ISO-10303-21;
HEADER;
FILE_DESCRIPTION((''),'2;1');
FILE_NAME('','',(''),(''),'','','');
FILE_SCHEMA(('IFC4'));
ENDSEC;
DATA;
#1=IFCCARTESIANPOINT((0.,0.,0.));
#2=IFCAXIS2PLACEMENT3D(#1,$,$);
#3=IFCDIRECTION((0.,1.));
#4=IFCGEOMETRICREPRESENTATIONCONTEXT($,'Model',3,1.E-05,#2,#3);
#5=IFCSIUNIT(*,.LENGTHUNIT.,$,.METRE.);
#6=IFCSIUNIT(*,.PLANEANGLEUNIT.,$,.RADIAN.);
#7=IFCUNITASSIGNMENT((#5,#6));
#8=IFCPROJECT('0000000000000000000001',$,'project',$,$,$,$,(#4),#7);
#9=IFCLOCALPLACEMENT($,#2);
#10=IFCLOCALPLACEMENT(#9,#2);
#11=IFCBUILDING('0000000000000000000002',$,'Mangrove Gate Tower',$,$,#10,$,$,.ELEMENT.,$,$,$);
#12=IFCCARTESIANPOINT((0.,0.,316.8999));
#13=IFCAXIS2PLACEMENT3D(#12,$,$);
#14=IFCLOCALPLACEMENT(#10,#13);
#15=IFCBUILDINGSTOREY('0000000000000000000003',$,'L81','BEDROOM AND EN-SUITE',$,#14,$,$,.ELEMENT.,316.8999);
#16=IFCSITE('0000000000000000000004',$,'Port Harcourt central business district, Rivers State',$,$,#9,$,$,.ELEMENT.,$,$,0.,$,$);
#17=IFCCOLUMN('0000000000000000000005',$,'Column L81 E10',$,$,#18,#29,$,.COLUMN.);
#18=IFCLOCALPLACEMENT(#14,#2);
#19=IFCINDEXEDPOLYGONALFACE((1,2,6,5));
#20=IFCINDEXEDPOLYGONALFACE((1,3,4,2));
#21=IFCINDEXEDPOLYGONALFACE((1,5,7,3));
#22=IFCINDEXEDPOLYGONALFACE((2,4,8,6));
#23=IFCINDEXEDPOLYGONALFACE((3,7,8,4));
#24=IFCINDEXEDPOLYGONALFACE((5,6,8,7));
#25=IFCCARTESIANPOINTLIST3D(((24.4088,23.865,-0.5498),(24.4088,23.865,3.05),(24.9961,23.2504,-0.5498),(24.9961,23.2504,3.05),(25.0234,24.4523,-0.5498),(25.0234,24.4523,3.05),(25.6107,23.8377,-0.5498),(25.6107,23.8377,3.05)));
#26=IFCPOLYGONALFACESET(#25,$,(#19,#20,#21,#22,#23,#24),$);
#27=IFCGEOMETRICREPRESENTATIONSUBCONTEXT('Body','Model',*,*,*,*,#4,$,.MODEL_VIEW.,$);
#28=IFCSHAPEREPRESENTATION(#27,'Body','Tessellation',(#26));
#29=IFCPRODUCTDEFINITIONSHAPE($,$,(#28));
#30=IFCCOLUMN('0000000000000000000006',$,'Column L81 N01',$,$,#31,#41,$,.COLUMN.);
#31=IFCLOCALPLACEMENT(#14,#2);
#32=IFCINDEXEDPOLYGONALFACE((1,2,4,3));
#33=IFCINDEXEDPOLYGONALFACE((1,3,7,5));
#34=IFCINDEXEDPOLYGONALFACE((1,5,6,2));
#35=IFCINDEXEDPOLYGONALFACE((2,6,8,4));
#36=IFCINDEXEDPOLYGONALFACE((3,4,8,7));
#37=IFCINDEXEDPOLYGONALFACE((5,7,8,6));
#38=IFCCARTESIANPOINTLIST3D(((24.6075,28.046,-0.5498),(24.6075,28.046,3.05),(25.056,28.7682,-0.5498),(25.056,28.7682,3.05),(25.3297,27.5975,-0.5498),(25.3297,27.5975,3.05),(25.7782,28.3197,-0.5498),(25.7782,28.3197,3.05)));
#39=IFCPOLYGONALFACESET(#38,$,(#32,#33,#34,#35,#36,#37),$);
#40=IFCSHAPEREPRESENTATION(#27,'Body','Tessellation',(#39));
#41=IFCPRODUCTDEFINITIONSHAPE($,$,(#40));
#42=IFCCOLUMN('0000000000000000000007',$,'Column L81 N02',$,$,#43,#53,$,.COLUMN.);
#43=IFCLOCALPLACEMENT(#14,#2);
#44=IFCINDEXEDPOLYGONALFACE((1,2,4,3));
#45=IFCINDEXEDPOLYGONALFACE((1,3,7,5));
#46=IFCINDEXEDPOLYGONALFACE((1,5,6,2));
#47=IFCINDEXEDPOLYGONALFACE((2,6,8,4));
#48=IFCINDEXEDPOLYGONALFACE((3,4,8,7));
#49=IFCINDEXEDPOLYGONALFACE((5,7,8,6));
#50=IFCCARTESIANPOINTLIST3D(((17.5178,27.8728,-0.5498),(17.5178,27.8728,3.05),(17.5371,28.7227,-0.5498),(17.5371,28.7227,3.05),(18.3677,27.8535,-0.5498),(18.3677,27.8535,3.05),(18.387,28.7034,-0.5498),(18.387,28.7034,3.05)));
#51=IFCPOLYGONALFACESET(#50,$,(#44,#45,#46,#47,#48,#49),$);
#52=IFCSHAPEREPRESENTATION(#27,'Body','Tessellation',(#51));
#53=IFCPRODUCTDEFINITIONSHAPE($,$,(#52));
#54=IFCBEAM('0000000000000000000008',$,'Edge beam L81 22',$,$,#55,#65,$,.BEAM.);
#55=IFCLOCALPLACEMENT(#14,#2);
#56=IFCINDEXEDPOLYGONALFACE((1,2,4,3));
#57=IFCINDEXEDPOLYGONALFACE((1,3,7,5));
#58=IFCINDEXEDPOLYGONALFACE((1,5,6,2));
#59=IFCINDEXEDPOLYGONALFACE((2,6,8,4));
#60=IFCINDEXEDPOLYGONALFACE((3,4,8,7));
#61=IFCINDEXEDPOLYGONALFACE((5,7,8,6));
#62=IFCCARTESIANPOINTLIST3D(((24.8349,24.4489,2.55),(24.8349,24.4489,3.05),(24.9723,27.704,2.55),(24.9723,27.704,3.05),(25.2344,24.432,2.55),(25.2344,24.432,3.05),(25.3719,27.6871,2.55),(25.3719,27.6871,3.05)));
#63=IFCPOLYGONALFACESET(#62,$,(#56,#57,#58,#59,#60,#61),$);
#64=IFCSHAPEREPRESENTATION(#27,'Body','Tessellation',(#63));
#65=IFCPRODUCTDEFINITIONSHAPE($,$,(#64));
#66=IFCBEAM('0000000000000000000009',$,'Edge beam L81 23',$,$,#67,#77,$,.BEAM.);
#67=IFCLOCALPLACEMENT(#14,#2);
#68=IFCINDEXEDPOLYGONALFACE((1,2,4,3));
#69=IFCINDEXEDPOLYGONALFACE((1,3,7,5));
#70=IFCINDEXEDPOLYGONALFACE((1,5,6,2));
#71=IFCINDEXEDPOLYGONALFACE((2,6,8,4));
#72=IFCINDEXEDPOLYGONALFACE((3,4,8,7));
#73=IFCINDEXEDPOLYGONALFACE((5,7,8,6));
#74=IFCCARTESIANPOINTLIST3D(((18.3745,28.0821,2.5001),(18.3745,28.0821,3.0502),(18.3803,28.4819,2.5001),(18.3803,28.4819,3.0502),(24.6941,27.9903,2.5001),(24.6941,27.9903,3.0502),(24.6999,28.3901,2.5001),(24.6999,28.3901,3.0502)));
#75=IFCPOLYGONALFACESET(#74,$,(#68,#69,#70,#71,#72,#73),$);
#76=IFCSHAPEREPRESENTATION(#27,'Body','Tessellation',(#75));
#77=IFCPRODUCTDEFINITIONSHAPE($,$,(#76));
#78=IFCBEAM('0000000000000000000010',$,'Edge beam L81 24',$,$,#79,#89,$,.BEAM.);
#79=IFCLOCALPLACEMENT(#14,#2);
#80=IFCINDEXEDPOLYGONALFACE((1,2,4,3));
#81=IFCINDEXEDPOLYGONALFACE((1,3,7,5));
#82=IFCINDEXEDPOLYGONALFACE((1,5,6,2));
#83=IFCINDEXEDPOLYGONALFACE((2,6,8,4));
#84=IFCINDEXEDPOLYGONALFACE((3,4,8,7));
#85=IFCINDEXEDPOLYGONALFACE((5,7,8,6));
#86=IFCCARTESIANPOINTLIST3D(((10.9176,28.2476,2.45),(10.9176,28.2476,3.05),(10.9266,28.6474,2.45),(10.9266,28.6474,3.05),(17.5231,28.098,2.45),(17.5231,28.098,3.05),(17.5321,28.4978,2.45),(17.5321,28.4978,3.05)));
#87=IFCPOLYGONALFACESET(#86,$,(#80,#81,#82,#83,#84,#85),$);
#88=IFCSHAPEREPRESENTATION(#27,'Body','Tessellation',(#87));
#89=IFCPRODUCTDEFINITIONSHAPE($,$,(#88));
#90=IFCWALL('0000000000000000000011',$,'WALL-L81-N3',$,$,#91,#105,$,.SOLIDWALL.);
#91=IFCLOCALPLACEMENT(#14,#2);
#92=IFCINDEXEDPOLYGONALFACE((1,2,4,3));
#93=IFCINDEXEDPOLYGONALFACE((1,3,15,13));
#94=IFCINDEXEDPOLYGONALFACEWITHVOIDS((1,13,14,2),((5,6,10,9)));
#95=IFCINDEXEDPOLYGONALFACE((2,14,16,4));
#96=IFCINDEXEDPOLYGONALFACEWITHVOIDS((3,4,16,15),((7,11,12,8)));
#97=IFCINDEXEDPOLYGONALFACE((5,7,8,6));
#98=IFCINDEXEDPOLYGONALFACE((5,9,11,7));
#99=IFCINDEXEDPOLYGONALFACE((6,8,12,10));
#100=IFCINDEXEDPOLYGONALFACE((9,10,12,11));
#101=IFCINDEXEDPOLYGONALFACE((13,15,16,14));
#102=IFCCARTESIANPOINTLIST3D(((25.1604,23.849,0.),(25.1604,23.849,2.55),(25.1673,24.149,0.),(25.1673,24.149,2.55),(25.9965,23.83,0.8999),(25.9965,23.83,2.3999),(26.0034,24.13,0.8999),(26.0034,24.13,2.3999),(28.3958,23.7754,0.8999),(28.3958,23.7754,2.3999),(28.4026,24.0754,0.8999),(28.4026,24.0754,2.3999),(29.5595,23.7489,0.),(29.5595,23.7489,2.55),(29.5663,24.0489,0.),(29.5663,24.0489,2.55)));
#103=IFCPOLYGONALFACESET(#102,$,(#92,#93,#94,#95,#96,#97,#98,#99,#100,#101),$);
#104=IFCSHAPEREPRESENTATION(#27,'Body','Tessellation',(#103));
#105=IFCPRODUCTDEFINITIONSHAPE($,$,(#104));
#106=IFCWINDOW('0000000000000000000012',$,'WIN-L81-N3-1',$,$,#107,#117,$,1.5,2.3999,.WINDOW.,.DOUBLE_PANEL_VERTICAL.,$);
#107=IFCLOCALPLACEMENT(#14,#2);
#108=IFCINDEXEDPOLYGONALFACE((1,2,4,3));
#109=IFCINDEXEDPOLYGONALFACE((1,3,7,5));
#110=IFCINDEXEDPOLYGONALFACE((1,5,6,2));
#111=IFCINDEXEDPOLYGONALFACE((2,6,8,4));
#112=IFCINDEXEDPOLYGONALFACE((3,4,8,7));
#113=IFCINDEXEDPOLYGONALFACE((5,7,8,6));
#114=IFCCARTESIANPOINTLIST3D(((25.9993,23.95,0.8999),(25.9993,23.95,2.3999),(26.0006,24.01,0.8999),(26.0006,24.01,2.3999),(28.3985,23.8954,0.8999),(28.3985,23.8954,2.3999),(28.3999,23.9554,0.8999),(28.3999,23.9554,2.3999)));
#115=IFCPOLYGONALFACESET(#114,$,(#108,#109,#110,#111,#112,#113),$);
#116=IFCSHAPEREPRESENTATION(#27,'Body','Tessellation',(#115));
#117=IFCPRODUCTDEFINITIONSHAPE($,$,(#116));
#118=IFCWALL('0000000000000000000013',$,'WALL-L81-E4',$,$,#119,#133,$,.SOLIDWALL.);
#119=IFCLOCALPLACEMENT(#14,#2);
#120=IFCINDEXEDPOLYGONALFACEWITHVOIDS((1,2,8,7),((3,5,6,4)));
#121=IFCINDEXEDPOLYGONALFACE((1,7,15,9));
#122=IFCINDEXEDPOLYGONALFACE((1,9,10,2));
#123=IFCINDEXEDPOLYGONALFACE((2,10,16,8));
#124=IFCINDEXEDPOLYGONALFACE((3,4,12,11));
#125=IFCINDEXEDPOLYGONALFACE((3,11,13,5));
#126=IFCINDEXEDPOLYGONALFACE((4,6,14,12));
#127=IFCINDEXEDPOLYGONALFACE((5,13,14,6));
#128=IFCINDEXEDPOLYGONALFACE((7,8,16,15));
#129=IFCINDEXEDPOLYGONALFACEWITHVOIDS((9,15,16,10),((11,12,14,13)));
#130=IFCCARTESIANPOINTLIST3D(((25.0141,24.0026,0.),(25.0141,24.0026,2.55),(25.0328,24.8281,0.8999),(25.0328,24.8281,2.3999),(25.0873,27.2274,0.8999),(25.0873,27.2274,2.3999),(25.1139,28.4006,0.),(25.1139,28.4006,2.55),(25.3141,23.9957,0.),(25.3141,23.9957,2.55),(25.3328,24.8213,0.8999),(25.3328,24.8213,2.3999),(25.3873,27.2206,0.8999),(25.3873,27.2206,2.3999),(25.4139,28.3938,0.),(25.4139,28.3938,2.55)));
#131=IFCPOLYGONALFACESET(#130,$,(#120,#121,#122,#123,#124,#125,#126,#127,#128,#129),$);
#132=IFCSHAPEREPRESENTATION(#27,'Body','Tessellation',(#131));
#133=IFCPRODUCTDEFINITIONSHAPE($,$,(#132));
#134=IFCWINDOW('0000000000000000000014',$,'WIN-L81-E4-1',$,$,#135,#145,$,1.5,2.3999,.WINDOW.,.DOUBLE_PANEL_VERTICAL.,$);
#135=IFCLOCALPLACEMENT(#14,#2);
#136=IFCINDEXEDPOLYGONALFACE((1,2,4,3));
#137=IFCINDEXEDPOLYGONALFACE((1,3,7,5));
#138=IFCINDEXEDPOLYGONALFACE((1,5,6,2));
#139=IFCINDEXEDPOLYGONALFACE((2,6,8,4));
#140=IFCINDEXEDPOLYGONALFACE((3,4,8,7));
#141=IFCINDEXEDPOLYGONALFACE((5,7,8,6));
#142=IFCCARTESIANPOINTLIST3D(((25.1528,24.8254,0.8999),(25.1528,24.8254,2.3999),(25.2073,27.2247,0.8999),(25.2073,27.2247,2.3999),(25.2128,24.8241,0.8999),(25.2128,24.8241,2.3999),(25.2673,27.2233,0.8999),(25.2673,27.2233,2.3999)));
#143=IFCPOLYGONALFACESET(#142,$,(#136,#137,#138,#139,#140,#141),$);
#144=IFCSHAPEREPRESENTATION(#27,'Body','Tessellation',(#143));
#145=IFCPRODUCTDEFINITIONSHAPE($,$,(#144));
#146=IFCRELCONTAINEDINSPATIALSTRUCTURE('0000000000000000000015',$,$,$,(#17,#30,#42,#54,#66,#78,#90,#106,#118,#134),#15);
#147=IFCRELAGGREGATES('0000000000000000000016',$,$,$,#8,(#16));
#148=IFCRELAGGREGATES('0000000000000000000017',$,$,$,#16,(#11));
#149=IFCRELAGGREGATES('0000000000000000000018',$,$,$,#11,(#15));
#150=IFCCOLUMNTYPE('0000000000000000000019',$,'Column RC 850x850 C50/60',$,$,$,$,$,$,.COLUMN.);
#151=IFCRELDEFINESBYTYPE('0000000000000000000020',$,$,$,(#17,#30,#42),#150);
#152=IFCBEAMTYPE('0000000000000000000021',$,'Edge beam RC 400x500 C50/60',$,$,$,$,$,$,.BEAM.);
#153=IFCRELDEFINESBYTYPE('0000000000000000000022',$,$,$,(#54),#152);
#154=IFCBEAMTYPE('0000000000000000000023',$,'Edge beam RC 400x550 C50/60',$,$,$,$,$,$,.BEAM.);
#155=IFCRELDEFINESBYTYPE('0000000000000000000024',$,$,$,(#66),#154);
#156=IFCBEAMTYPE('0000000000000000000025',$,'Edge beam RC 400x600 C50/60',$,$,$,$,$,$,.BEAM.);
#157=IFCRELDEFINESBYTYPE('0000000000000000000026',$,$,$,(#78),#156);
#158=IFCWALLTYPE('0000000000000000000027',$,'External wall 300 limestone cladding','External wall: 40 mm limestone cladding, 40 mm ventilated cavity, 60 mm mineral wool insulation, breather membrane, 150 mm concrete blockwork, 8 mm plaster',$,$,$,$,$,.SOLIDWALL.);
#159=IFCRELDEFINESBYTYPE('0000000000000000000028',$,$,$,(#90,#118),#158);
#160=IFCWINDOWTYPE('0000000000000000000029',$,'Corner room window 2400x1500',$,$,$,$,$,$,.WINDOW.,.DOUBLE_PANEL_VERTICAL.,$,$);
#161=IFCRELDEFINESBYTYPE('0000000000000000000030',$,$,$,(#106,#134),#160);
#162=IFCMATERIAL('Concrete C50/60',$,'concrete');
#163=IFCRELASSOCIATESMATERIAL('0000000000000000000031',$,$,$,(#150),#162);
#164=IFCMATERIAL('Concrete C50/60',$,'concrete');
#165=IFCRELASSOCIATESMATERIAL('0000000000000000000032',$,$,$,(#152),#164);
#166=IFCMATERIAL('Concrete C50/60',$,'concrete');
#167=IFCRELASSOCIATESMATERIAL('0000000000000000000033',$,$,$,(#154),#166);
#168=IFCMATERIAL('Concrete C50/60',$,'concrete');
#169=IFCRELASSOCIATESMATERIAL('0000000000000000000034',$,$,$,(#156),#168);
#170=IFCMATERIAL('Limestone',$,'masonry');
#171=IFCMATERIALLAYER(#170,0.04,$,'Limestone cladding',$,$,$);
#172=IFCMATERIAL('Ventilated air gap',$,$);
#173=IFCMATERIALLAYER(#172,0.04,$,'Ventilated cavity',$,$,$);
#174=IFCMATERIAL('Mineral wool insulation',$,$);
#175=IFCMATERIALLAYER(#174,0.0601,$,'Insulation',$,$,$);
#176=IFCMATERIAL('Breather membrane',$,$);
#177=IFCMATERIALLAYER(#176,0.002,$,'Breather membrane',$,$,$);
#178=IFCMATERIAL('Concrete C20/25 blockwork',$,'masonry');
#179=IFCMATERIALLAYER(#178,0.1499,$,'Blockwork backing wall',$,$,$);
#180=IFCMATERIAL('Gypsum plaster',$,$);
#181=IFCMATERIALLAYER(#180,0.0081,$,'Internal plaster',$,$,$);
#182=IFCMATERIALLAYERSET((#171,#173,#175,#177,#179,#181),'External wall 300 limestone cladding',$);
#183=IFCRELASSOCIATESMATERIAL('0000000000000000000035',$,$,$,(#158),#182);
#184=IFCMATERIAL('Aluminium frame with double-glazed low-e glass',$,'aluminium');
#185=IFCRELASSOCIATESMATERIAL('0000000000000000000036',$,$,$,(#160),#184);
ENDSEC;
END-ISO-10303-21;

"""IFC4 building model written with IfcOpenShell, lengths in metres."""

from ifc_helpers import new_model, si_unit, direction, frame, frame_2d, origin, origin_2d, place, context, subcontext, project, spatial, rectangle, extrude, material, layer, layer_set, material_profile, profile_set, type_object, element, fill, save


model = new_model("IFC4")

# Units and contexts
model_context = context("Model", 3, precision=1e-05, world=origin(), true_north=direction((0.0, 1.0)))
body_context = subcontext(model_context, "Body", "Model", "MODEL_VIEW")
ifc_project = project(units=[si_unit("LENGTHUNIT", "METRE"), si_unit("PLANEANGLEUNIT", "RADIAN")], contexts=[model_context])

# Site, building, storey
site_placement = place(None, origin())
site = spatial("IfcSite", under=ifc_project, at=site_placement, Name="Port Harcourt central business district, Rivers State", CompositionType="ELEMENT", RefElevation=0.0)
building_placement = place(site_placement, origin())
building = spatial("IfcBuilding", under=site, at=building_placement, Name="Mangrove Gate Tower", CompositionType="ELEMENT")
storey_placement = place(building_placement, frame((0.0, 0.0, 316.8999)))
storey = spatial("IfcBuildingStorey", under=building, at=storey_placement, Name="L81", Description="BEDROOM AND EN-SUITE", CompositionType="ELEMENT", Elevation=316.8999)

# Columns
ifc_material_1 = material(Name="Concrete C50/60", Category="concrete")
ifc_material_profile_1 = material_profile(ifc_material_1, rectangle(XDim=0.8501, YDim=0.8501, at=origin_2d()))
ifc_profile_set_1 = profile_set([ifc_material_profile_1], Name="Concrete C50/60")
column_type = type_object("IfcColumnType", Name="Column RC 850x850 C50/60", PredefinedType="COLUMN", material=ifc_profile_set_1)
for number, where, z_axis, x_axis, name in (
    (1, (25.0098, 23.8513, -0.5498), (0.0, 0.0, 1.0), (-0.690854, 0.722994, 0.0), "Column L81 E10"),
    (2, (25.1929, 28.1829, -0.5498), (0.0, 0.0, 1.0), (-0.849494, 0.527599, 0.0), "Column L81 N01"),
    (3, (17.9524, 28.2881, -0.5498), (0.0, 0.0, 1.0), (-0.999743, 0.022664, 0.0), "Column L81 N02"),
):
    element("IfcColumn", number, at=place(storey_placement, frame(where, z_axis=z_axis, x_axis=x_axis)), inside=storey, type_object=column_type, Name=name, PredefinedType="COLUMN", context=body_context, shape_type="SweptSolid", body=[
        extrude(rectangle(XDim=0.8501, YDim=0.8501, at=origin_2d()), origin(), (0.0, 0.0, 1.0), 3.5999),
    ])

# Beams
ifc_material_2 = material(Name="Concrete C50/60", Category="concrete")
ifc_material_profile_2 = material_profile(ifc_material_2, rectangle(XDim=0.3999, YDim=0.5, at=origin_2d()))
ifc_profile_set_2 = profile_set([ifc_material_profile_2], Name="Concrete C50/60")
beam_type_1 = type_object("IfcBeamType", Name="Edge beam RC 400x500 C50/60", PredefinedType="BEAM", material=ifc_profile_set_2)
beam_1_placement = place(storey_placement, frame((25.0347, 24.4404, 2.8), z_axis=(0.042188, 0.99911, 0.0), x_axis=(-0.99911, 0.042188, 0.0)))
element("IfcBeam", 4, at=beam_1_placement, inside=storey, type_object=beam_type_1, Name="Edge beam L81 22", PredefinedType="BEAM", context=body_context, shape_type="SweptSolid", body=[
    extrude(rectangle(XDim=0.3999, YDim=0.5, at=origin_2d()), origin(), (0.0, 0.0, 1.0), 3.2581),
])
ifc_material_3 = material(Name="Concrete C50/60", Category="concrete")
ifc_material_profile_3 = material_profile(ifc_material_3, rectangle(XDim=0.3999, YDim=0.55, at=origin_2d()))
ifc_profile_set_3 = profile_set([ifc_material_profile_3], Name="Concrete C50/60")
beam_type_2 = type_object("IfcBeamType", Name="Edge beam RC 400x550 C50/60", PredefinedType="BEAM", material=ifc_profile_set_3)
beam_2_placement = place(storey_placement, frame((24.697, 28.1902, 2.7751), z_axis=(-0.999895, 0.014524, 0.0), x_axis=(-0.014524, -0.999895, 0.0)))
element("IfcBeam", 5, at=beam_2_placement, inside=storey, type_object=beam_type_2, Name="Edge beam L81 23", PredefinedType="BEAM", context=body_context, shape_type="SweptSolid", body=[
    extrude(rectangle(XDim=0.3999, YDim=0.55, at=origin_2d()), origin(), (0.0, 0.0, 1.0), 6.3203),
])
ifc_material_4 = material(Name="Concrete C50/60", Category="concrete")
ifc_material_profile_4 = material_profile(ifc_material_4, rectangle(XDim=0.3999, YDim=0.6001, at=origin_2d()))
ifc_profile_set_4 = profile_set([ifc_material_profile_4], Name="Concrete C50/60")
beam_type_3 = type_object("IfcBeamType", Name="Edge beam RC 400x600 C50/60", PredefinedType="BEAM", material=ifc_profile_set_4)
beam_3_placement = place(storey_placement, frame((17.5276, 28.2979, 2.75), z_axis=(-0.999743, 0.022651, 0.0), x_axis=(-0.022651, -0.999743, 0.0)))
element("IfcBeam", 6, at=beam_3_placement, inside=storey, type_object=beam_type_3, Name="Edge beam L81 24", PredefinedType="BEAM", context=body_context, shape_type="SweptSolid", body=[
    extrude(rectangle(XDim=0.3999, YDim=0.6001, at=origin_2d()), origin(), (0.0, 0.0, 1.0), 6.6072),
])

# Walls, openings, windows
ifc_material_5 = material(Name="Limestone", Category="masonry")
ifc_layer_1 = layer(ifc_material_5, 0.04, Name="Limestone cladding")
ifc_material_6 = material(Name="Ventilated air gap")
ifc_layer_2 = layer(ifc_material_6, 0.04, Name="Ventilated cavity")
ifc_material_7 = material(Name="Mineral wool insulation")
ifc_layer_3 = layer(ifc_material_7, 0.0601, Name="Insulation")
ifc_material_8 = material(Name="Breather membrane")
ifc_layer_4 = layer(ifc_material_8, 0.002, Name="Breather membrane")
ifc_material_9 = material(Name="Concrete C20/25 blockwork", Category="masonry")
ifc_layer_5 = layer(ifc_material_9, 0.1499, Name="Blockwork backing wall")
ifc_material_10 = material(Name="Gypsum plaster")
ifc_layer_6 = layer(ifc_material_10, 0.0081, Name="Internal plaster")
ifc_layer_set = layer_set([ifc_layer_1, ifc_layer_2, ifc_layer_3, ifc_layer_4, ifc_layer_5, ifc_layer_6], Name="External wall 300 limestone cladding")
wall_type = type_object("IfcWallType", Name="External wall 300 limestone cladding", Description="External wall: 40 mm limestone cladding, 40 mm ventilated cavity, 60 mm mineral wool insulation, breather membrane, 150 mm concrete blockwork, 8 mm plaster", PredefinedType="SOLIDWALL", material=ifc_layer_set)
wall_1_placement = place(storey_placement, frame((29.563, 23.8989, 0.0), z_axis=(0.0, 0.0, 1.0), x_axis=(-0.999741, 0.022749, 0.0)))
wall_1 = element("IfcWall", 7, at=wall_1_placement, inside=storey, type_object=wall_type, Name="WALL-L81-N3", PredefinedType="SOLIDWALL", context=body_context, shape_type="SweptSolid", body=[
    extrude(rectangle(XDim=4.4001, YDim=0.3, at=frame_2d((2.2002, 0.0))), origin(), (0.0, 0.0, 1.0), 2.55),
])
opening_1_placement = place(wall_1_placement, frame((1.1641, 0.0, 0.8999)))
opening_1 = element("IfcOpeningElement", 8, at=opening_1_placement, cuts=wall_1, PredefinedType="OPENING", context=body_context, shape_type="SweptSolid", body=[
    extrude(rectangle(XDim=2.3999, YDim=1.5, at=frame_2d((1.2, 0.75))), frame((0.0, 0.1599, 0.0), z_axis=(0.0, -1.0, 0.0), x_axis=(1.0, 0.0, 0.0)), (0.0, 0.0, 1.0), 0.3201),
])
ifc_material_11 = material(Name="Aluminium frame with double-glazed low-e glass", Category="aluminium")
window_type = type_object("IfcWindowType", Name="Corner room window 2400x1500", PartitioningType="DOUBLE_PANEL_VERTICAL", PredefinedType="WINDOW", material=ifc_material_11)
window_1_placement = place(opening_1_placement, origin())
window_1 = element("IfcWindow", 9, at=window_1_placement, inside=storey, type_object=window_type, Name="WIN-L81-N3-1", OverallHeight=1.5, OverallWidth=2.3999, PartitioningType="DOUBLE_PANEL_VERTICAL", PredefinedType="WINDOW", context=body_context, shape_type="SweptSolid", body=[
    extrude(rectangle(XDim=2.3999, YDim=1.5, at=frame_2d((1.2, 0.75))), frame((0.0, 0.03, 0.0), z_axis=(0.0, -1.0, 0.0), x_axis=(1.0, 0.0, 0.0)), (0.0, 0.0, 1.0), 0.0601),
])
fill(opening_1, window_1)
wall_2_placement = place(storey_placement, frame((25.1641, 23.999, 0.0), z_axis=(0.0, 0.0, 1.0), x_axis=(0.022699, 0.999742, 0.0)))
wall_2 = element("IfcWall", 10, at=wall_2_placement, inside=storey, type_object=wall_type, Name="WALL-L81-E4", PredefinedType="SOLIDWALL", context=body_context, shape_type="SweptSolid", body=[
    extrude(rectangle(XDim=4.3992, YDim=0.3, at=frame_2d((2.1997, 0.0))), origin(), (0.0, 0.0, 1.0), 2.55),
])
opening_2_placement = place(wall_2_placement, frame((0.8259, 0.0, 0.8999)))
opening_2 = element("IfcOpeningElement", 11, at=opening_2_placement, cuts=wall_2, PredefinedType="OPENING", context=body_context, shape_type="SweptSolid", body=[
    extrude(rectangle(XDim=2.3999, YDim=1.5, at=frame_2d((1.2, 0.75))), frame((0.0, 0.1599, 0.0), z_axis=(0.0, -1.0, 0.0), x_axis=(1.0, 0.0, 0.0)), (0.0, 0.0, 1.0), 0.3201),
])
window_2_placement = place(opening_2_placement, origin())
window_2 = element("IfcWindow", 12, at=window_2_placement, inside=storey, type_object=window_type, Name="WIN-L81-E4-1", OverallHeight=1.5, OverallWidth=2.3999, PartitioningType="DOUBLE_PANEL_VERTICAL", PredefinedType="WINDOW", context=body_context, shape_type="SweptSolid", body=[
    extrude(rectangle(XDim=2.3999, YDim=1.5, at=frame_2d((1.2, 0.75))), frame((0.0, 0.03, 0.0), z_axis=(0.0, -1.0, 0.0), x_axis=(1.0, 0.0, 0.0)), (0.0, 0.0, 1.0), 0.0601),
])
fill(opening_2, window_2)

save(model, "model.ifc")
